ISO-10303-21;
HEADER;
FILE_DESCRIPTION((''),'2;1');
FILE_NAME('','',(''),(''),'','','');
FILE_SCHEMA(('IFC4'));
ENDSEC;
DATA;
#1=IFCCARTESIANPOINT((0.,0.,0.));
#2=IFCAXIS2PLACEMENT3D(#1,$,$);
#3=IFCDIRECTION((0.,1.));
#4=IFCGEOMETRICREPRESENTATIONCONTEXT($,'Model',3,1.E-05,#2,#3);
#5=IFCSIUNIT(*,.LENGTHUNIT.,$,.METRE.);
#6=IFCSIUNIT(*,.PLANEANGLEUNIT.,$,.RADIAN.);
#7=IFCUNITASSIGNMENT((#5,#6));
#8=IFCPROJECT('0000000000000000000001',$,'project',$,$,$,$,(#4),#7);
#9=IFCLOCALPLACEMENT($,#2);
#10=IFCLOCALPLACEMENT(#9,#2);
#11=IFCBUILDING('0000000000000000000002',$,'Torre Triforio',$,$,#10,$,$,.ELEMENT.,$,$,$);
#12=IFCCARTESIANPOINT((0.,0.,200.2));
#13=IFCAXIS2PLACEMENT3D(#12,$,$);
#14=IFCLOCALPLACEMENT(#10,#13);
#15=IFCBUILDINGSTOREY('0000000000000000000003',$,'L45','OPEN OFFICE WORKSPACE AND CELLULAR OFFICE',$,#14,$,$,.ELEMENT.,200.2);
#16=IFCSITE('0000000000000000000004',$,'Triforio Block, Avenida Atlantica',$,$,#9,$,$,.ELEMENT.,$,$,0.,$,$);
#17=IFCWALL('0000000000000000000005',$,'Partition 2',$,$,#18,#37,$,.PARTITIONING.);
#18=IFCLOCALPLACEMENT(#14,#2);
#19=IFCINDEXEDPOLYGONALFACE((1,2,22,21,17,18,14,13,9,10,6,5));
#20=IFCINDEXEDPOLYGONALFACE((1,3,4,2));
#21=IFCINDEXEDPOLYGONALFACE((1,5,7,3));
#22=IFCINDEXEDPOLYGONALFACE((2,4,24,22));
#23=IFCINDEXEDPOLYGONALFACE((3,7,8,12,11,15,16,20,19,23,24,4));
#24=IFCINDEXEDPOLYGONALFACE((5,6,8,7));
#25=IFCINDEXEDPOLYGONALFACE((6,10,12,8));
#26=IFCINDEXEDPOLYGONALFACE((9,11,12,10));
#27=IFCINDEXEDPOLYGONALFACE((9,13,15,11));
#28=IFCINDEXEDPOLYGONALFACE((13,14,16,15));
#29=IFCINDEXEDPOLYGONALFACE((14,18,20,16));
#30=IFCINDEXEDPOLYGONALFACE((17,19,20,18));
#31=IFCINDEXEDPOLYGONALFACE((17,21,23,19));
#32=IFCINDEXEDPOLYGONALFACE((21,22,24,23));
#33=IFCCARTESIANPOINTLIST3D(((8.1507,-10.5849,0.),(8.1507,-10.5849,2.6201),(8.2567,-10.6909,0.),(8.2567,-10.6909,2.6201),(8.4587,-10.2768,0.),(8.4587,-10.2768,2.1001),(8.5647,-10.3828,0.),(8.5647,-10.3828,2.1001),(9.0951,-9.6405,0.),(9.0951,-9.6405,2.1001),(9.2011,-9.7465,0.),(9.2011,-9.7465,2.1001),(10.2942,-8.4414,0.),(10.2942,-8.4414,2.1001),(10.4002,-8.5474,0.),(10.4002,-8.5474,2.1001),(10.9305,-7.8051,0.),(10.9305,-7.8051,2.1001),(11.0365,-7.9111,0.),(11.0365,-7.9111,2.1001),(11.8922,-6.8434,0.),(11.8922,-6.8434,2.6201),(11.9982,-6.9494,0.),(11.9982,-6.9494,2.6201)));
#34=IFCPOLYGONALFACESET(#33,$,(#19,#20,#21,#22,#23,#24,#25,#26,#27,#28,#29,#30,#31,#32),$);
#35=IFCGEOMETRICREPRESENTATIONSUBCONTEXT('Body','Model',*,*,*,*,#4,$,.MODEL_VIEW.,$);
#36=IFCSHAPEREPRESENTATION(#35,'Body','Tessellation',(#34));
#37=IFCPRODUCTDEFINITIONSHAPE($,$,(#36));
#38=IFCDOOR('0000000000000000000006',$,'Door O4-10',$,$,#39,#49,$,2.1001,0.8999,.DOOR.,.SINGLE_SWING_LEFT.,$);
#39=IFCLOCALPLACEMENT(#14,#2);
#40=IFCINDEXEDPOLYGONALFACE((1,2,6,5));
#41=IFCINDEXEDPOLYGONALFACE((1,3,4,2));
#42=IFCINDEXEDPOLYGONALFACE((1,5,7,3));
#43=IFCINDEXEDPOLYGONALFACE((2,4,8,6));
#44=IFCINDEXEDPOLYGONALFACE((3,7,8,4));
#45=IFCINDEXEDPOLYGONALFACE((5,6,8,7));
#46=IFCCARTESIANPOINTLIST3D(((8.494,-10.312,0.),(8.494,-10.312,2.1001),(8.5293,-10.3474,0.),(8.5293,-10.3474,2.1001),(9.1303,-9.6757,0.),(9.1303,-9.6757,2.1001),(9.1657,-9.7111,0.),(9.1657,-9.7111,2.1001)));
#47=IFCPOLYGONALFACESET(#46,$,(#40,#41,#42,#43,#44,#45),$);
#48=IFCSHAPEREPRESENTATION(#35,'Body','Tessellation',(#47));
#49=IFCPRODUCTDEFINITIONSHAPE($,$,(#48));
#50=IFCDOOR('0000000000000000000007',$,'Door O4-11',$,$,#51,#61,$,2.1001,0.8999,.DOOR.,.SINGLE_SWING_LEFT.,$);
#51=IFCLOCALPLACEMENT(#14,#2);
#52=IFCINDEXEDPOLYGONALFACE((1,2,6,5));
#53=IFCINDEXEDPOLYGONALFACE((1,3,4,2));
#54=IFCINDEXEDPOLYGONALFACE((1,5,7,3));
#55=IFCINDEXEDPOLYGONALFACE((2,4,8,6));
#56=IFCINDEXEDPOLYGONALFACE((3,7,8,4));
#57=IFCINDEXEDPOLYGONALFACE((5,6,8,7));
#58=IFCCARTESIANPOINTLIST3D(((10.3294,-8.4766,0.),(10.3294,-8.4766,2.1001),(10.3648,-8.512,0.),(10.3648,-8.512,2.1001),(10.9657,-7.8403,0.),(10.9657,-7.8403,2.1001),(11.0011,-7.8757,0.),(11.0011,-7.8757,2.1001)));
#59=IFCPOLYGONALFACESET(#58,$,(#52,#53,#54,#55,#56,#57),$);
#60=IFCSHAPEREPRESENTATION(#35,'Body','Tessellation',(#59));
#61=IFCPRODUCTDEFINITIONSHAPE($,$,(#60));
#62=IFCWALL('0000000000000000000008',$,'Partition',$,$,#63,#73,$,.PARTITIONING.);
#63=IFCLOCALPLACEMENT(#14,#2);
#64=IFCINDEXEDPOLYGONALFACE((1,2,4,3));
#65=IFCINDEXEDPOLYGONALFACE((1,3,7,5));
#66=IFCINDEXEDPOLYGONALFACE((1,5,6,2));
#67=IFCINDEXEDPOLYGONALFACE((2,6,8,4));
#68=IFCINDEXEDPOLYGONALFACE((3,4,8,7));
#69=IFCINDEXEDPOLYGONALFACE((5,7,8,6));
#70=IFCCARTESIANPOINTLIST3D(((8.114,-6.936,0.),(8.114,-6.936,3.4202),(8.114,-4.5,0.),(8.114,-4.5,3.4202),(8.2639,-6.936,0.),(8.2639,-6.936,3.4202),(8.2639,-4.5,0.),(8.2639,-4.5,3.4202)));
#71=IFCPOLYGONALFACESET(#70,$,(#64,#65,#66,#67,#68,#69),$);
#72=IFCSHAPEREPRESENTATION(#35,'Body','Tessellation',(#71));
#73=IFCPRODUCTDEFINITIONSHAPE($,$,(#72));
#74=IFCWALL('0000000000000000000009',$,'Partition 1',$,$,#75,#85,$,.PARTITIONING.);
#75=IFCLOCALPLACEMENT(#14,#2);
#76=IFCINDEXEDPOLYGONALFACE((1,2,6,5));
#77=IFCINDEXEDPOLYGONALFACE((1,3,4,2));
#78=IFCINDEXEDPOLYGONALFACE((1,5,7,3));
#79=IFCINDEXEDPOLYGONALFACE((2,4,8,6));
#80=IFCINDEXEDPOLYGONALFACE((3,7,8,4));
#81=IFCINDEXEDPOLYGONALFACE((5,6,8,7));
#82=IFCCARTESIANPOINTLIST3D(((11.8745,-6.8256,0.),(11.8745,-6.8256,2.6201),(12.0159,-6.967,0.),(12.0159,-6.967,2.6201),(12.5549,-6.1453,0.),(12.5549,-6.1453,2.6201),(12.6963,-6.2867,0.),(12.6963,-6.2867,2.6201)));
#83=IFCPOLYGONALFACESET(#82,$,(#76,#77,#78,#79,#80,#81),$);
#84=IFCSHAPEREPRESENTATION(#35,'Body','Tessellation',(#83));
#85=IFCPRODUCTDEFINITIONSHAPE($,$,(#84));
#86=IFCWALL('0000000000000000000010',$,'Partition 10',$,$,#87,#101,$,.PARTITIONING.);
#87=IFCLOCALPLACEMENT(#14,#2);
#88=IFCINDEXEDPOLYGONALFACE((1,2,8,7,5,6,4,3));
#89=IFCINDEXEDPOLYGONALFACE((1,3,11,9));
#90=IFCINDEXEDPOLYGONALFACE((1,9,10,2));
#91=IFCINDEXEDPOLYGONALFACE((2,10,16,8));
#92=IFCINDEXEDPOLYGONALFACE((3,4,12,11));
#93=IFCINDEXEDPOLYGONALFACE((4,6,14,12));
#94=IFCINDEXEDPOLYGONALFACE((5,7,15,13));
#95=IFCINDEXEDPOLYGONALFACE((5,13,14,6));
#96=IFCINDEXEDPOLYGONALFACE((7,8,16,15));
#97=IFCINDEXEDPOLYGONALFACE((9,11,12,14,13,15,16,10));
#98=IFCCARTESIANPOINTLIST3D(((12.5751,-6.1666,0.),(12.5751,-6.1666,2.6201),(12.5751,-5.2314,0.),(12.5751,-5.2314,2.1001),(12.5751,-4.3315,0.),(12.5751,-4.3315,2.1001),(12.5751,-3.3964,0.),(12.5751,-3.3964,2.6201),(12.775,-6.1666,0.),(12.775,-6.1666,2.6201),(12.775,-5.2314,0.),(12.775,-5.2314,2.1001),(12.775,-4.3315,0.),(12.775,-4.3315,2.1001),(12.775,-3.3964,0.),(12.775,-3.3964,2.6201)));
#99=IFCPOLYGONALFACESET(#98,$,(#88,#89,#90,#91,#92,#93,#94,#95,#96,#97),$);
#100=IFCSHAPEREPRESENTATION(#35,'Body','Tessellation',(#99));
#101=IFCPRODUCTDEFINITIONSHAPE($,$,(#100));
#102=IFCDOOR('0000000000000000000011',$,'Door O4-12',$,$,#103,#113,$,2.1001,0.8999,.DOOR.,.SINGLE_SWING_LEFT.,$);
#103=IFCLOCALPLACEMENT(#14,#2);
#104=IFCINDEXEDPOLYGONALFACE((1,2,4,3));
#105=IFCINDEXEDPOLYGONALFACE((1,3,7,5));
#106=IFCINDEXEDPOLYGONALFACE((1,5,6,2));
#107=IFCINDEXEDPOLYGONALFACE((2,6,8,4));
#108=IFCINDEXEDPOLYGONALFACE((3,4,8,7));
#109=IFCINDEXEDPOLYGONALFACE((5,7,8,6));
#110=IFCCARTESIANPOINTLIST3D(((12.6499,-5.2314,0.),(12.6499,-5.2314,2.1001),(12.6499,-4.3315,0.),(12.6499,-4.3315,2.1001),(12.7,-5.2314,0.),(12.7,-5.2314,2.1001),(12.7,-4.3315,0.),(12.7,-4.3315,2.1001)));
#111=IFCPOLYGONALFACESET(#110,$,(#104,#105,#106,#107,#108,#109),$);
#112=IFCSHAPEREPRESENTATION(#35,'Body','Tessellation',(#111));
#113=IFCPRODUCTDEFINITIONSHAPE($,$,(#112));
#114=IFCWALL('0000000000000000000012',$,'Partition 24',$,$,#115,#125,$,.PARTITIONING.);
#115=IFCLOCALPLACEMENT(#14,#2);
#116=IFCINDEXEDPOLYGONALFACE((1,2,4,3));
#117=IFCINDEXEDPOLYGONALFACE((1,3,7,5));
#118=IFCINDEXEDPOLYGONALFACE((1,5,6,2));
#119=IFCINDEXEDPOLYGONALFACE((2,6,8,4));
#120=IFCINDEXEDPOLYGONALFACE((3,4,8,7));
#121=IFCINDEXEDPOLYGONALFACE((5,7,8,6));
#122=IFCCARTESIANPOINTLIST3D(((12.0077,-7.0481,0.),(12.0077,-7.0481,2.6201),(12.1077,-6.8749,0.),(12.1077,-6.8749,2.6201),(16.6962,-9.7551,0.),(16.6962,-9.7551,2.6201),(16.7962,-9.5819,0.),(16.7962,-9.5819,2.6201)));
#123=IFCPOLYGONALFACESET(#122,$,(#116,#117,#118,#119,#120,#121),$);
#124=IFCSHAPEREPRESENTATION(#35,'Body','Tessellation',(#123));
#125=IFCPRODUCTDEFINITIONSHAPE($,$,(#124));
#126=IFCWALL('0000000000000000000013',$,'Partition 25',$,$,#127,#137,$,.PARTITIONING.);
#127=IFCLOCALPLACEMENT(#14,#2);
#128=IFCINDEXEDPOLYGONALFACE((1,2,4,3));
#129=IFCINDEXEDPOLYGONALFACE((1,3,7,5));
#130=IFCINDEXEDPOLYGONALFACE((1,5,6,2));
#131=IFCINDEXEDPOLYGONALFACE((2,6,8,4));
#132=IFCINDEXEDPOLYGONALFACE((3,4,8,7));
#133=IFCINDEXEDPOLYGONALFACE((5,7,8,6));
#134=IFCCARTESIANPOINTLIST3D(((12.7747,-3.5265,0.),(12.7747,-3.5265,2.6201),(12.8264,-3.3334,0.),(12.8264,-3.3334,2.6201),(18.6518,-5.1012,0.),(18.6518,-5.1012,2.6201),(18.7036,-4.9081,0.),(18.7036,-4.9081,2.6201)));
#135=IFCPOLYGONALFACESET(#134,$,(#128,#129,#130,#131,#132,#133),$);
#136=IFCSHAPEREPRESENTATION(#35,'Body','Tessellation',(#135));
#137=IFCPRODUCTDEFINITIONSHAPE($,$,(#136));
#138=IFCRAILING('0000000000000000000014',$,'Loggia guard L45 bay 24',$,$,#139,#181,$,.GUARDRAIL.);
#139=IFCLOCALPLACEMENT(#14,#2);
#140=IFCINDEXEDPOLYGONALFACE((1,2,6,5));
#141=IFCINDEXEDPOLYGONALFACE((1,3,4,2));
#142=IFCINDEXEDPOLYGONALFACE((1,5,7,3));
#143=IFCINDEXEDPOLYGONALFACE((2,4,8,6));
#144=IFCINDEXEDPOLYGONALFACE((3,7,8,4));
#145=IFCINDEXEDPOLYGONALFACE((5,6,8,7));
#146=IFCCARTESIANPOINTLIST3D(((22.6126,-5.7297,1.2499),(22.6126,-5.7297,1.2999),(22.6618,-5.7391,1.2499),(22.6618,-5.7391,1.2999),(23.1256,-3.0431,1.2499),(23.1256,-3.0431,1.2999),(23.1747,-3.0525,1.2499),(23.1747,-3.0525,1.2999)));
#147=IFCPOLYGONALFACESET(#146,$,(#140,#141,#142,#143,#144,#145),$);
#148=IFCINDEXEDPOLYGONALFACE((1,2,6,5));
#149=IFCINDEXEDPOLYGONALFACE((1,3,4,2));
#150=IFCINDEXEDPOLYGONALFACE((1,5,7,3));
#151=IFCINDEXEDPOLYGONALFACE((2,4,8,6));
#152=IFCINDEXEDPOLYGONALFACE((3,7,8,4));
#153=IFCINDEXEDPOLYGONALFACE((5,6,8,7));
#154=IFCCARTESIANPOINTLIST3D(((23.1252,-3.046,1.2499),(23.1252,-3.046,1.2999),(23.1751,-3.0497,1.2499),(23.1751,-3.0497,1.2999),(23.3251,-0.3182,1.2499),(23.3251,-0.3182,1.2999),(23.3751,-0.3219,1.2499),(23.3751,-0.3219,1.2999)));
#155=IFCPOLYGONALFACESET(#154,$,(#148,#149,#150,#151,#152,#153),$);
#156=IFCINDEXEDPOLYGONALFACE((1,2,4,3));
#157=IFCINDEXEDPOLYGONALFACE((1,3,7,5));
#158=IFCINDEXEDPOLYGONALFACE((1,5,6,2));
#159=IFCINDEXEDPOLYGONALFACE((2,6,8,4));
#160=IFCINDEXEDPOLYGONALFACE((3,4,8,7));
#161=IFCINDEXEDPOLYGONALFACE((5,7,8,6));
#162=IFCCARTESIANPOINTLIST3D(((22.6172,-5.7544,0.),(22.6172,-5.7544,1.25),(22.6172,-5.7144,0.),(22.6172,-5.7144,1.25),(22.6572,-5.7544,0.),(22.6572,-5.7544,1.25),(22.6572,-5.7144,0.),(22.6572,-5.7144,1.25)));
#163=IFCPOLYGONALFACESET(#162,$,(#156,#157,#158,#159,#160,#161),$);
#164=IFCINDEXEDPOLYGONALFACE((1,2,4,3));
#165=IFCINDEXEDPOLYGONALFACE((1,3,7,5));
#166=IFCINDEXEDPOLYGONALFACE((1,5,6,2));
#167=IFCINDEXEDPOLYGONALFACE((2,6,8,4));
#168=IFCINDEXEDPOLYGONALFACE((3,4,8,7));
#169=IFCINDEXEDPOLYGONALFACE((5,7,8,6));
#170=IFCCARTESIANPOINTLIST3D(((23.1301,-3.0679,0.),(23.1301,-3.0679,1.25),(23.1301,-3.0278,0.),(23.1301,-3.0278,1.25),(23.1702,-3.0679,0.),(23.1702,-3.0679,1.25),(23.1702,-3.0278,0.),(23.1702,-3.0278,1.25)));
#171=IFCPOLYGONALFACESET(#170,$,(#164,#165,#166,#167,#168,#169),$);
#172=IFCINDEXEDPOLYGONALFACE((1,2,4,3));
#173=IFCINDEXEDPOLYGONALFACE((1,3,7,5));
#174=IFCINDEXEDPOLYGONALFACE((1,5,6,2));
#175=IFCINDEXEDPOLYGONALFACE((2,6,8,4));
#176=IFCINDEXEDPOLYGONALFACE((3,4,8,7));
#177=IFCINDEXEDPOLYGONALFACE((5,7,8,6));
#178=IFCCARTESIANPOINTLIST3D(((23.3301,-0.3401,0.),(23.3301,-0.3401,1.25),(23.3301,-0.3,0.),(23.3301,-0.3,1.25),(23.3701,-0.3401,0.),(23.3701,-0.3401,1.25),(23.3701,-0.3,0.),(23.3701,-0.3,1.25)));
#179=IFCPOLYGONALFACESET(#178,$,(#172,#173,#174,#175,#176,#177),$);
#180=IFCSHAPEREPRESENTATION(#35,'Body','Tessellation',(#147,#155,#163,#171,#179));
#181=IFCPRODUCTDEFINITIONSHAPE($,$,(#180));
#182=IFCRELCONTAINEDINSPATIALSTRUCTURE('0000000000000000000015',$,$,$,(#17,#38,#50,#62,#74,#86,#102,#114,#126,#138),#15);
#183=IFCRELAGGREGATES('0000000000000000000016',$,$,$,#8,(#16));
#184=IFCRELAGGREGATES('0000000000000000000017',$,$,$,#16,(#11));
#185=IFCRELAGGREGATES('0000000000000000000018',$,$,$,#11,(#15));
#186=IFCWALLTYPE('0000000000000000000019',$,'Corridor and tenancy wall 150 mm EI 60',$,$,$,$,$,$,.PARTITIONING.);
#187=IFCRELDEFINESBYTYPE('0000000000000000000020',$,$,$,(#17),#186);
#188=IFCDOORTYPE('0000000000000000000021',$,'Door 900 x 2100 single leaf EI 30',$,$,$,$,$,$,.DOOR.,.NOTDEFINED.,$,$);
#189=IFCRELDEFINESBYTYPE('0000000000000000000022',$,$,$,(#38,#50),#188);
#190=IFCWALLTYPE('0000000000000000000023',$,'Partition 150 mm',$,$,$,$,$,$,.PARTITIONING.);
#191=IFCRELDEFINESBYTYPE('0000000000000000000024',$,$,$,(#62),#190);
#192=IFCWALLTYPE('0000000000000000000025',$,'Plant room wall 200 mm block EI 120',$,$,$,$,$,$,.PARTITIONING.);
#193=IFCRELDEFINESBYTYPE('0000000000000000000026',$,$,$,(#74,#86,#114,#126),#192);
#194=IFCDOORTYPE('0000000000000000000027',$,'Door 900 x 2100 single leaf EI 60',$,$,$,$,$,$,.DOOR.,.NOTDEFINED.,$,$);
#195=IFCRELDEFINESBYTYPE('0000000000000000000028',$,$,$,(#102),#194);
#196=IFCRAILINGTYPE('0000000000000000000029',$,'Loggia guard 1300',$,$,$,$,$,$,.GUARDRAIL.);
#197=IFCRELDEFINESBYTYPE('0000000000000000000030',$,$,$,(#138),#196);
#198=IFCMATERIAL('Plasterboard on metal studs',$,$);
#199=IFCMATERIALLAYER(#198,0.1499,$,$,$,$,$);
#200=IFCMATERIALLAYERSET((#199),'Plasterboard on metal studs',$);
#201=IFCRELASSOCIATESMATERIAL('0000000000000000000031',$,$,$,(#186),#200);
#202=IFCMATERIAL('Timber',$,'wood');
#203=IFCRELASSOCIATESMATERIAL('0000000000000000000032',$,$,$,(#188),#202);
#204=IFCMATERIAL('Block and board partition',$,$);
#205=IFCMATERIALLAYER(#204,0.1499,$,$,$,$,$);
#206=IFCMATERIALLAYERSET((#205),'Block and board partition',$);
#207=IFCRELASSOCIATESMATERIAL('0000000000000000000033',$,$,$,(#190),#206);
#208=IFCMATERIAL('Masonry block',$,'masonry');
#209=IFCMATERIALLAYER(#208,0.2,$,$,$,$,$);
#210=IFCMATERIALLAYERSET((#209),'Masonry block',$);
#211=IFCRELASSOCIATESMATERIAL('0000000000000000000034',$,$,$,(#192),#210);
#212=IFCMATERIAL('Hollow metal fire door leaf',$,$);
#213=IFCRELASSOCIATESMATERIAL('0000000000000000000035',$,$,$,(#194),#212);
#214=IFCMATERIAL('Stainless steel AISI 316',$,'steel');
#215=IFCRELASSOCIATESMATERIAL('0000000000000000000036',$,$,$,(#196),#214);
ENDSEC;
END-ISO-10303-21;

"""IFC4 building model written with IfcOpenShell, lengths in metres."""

from ifc_helpers import new_model, si_unit, direction, frame, frame_2d, origin, origin_2d, place, context, subcontext, project, spatial, rectangle, extrude, material, layer, layer_set, type_object, element, fill, save


model = new_model("IFC4")

# Units and contexts
model_context = context("Model", 3, precision=1e-05, world=origin(), true_north=direction((0.0, 1.0)))
body_context = subcontext(model_context, "Body", "Model", "MODEL_VIEW")
ifc_project = project(units=[si_unit("LENGTHUNIT", "METRE"), si_unit("PLANEANGLEUNIT", "RADIAN")], contexts=[model_context])

# Site, building, storey
site_placement = place(None, origin())
site = spatial("IfcSite", under=ifc_project, at=site_placement, Name="Triforio Block, Avenida Atlantica", CompositionType="ELEMENT", RefElevation=0.0)
building_placement = place(site_placement, origin())
building = spatial("IfcBuilding", under=site, at=building_placement, Name="Torre Triforio", CompositionType="ELEMENT")
storey_placement = place(building_placement, frame((0.0, 0.0, 200.2)))
storey = spatial("IfcBuildingStorey", under=building, at=storey_placement, Name="L45", Description="OPEN OFFICE WORKSPACE AND CELLULAR OFFICE", CompositionType="ELEMENT", Elevation=200.2)

# Shared definitions
ifc_material_1 = material(Name="Hollow metal fire door leaf")

# Wall, openings, doors
ifc_material_2 = material(Name="Plasterboard on metal studs")
ifc_layer_1 = layer(ifc_material_2, 0.1499)
ifc_layer_set_1 = layer_set([ifc_layer_1], Name="Plasterboard on metal studs")
wall_type_1 = type_object("IfcWallType", Name="Corridor and tenancy wall 150 mm EI 60", PredefinedType="PARTITIONING", material=ifc_layer_set_1)
wall_1_placement = place(storey_placement, frame((11.9451, -6.8965, 0.0), z_axis=(0.0, 0.0, 1.0), x_axis=(-0.707107, -0.707107, 0.0)))
wall_1 = element("IfcWall", 1, at=wall_1_placement, inside=storey, type_object=wall_type_1, Name="Partition 2", PredefinedType="PARTITIONING", context=body_context, shape_type="SweptSolid", body=[
    extrude(rectangle(XDim=5.2913, YDim=0.1499, at=frame_2d((2.6455, 0.0))), origin(), (0.0, 0.0, 1.0), 2.6201),
])
opening_1_placement = place(wall_1_placement, frame((3.9556, 0.0, 0.0)))
opening_1 = element("IfcOpeningElement", 2, at=opening_1_placement, cuts=wall_1, PredefinedType="OPENING", context=body_context, shape_type="SweptSolid", body=[
    extrude(rectangle(XDim=0.8999, YDim=2.1001, at=frame_2d((0.45, 1.05))), frame((0.0, 0.085, 0.0), z_axis=(0.0, -1.0, 0.0), x_axis=(1.0, 0.0, 0.0)), (0.0, 0.0, 1.0), 0.1699),
])
opening_2_placement = place(wall_1_placement, frame((1.3599, 0.0, 0.0)))
opening_2 = element("IfcOpeningElement", 3, at=opening_2_placement, cuts=wall_1, PredefinedType="OPENING", context=body_context, shape_type="SweptSolid", body=[
    extrude(rectangle(XDim=0.8999, YDim=2.1001, at=frame_2d((0.45, 1.05))), frame((0.0, 0.085, 0.0), z_axis=(0.0, -1.0, 0.0), x_axis=(1.0, 0.0, 0.0)), (0.0, 0.0, 1.0), 0.1699),
])
ifc_material_3 = material(Name="Timber", Category="wood")
door_type_1 = type_object("IfcDoorType", Name="Door 900 x 2100 single leaf EI 30", OperationType="NOTDEFINED", PredefinedType="DOOR", material=ifc_material_3)
door_1_placement = place(opening_1_placement, origin())
door_1 = element("IfcDoor", 4, at=door_1_placement, inside=storey, type_object=door_type_1, Name="Door O4-10", OperationType="SINGLE_SWING_LEFT", OverallHeight=2.1001, OverallWidth=0.8999, PredefinedType="DOOR", context=body_context, shape_type="SweptSolid", body=[
    extrude(rectangle(XDim=0.8999, YDim=2.1001, at=frame_2d((0.45, 1.05))), frame((0.0, 0.0249, 0.0), z_axis=(0.0, -1.0, 0.0), x_axis=(1.0, 0.0, 0.0)), (0.0, 0.0, 1.0), 0.05),
])
fill(opening_1, door_1)
door_2_placement = place(opening_2_placement, origin())
door_2 = element("IfcDoor", 5, at=door_2_placement, inside=storey, type_object=door_type_1, Name="Door O4-11", OperationType="SINGLE_SWING_LEFT", OverallHeight=2.1001, OverallWidth=0.8999, PredefinedType="DOOR", context=body_context, shape_type="SweptSolid", body=[
    extrude(rectangle(XDim=0.8999, YDim=2.1001, at=frame_2d((0.45, 1.05))), frame((0.0, 0.0249, 0.0), z_axis=(0.0, -1.0, 0.0), x_axis=(1.0, 0.0, 0.0)), (0.0, 0.0, 1.0), 0.05),
])
fill(opening_2, door_2)

# Walls
ifc_material_4 = material(Name="Block and board partition")
ifc_layer_2 = layer(ifc_material_4, 0.1499)
ifc_layer_set_2 = layer_set([ifc_layer_2], Name="Block and board partition")
wall_type_2 = type_object("IfcWallType", Name="Partition 150 mm", PredefinedType="PARTITIONING", material=ifc_layer_set_2)
wall_2_placement = place(storey_placement, frame((8.189, -6.936, 0.0), z_axis=(0.0, 0.0, 1.0), x_axis=(0.0, 1.0, 0.0)))
element("IfcWall", 6, at=wall_2_placement, inside=storey, type_object=wall_type_2, Name="Partition", PredefinedType="PARTITIONING", context=body_context, shape_type="SweptSolid", body=[
    extrude(rectangle(XDim=2.436, YDim=0.1499, at=frame_2d((1.218, 0.0))), origin(), (0.0, 0.0, 1.0), 3.4202),
])
ifc_material_5 = material(Name="Masonry block", Category="masonry")
ifc_layer_3 = layer(ifc_material_5, 0.2)
ifc_layer_set_3 = layer_set([ifc_layer_3], Name="Masonry block")
wall_type_3 = type_object("IfcWallType", Name="Plant room wall 200 mm block EI 120", PredefinedType="PARTITIONING", material=ifc_layer_set_3)
wall_3_placement = place(storey_placement, frame((12.6255, -6.2161, 0.0), z_axis=(0.0, 0.0, 1.0), x_axis=(-0.707107, -0.707107, 0.0)))
element("IfcWall", 7, at=wall_3_placement, inside=storey, type_object=wall_type_3, Name="Partition 1", PredefinedType="PARTITIONING", context=body_context, shape_type="SweptSolid", body=[
    extrude(rectangle(XDim=0.9622, YDim=0.2, at=frame_2d((0.481, 0.0))), origin(), (0.0, 0.0, 1.0), 2.6201),
])

# Wall, opening, door
wall_4_placement = place(storey_placement, frame((12.675, -3.3962, 0.0), z_axis=(0.0, 0.0, 1.0), x_axis=(0.0, -1.0, 0.0)))
wall_4 = element("IfcWall", 8, at=wall_4_placement, inside=storey, type_object=wall_type_3, Name="Partition 10", PredefinedType="PARTITIONING", context=body_context, shape_type="SweptSolid", body=[
    extrude(rectangle(XDim=2.7703, YDim=0.2, at=frame_2d((1.3853, 0.0))), origin(), (0.0, 0.0, 1.0), 2.6201),
])
opening_3_placement = place(wall_4_placement, frame((0.9353, 0.0, 0.0)))
opening_3 = element("IfcOpeningElement", 9, at=opening_3_placement, cuts=wall_4, PredefinedType="OPENING", context=body_context, shape_type="SweptSolid", body=[
    extrude(rectangle(XDim=0.8999, YDim=2.1001, at=frame_2d((0.45, 1.05))), frame((0.0, 0.1099, 0.0), z_axis=(0.0, -1.0, 0.0), x_axis=(1.0, 0.0, 0.0)), (0.0, 0.0, 1.0), 0.22),
])
door_type_2 = type_object("IfcDoorType", Name="Door 900 x 2100 single leaf EI 60", OperationType="NOTDEFINED", PredefinedType="DOOR", material=ifc_material_1)
door_3_placement = place(opening_3_placement, origin())
door_3 = element("IfcDoor", 10, at=door_3_placement, inside=storey, type_object=door_type_2, Name="Door O4-12", OperationType="SINGLE_SWING_LEFT", OverallHeight=2.1001, OverallWidth=0.8999, PredefinedType="DOOR", context=body_context, shape_type="SweptSolid", body=[
    extrude(rectangle(XDim=0.8999, YDim=2.1001, at=frame_2d((0.45, 1.05))), frame((0.0, 0.0249, 0.0), z_axis=(0.0, -1.0, 0.0), x_axis=(1.0, 0.0, 0.0)), (0.0, 0.0, 1.0), 0.05),
])
fill(opening_3, door_3)

# Walls
wall_5_placement = place(storey_placement, frame((12.0576, -6.9614, 0.0), z_axis=(0.0, 0.0, 1.0), x_axis=(0.866014, -0.500019, 0.0)))
element("IfcWall", 11, at=wall_5_placement, inside=storey, type_object=wall_type_3, Name="Partition 24", PredefinedType="PARTITIONING", context=body_context, shape_type="SweptSolid", body=[
    extrude(rectangle(XDim=5.4138, YDim=0.2, at=frame_2d((2.707, 0.0))), origin(), (0.0, 0.0, 1.0), 2.6201),
])
wall_6_placement = place(storey_placement, frame((12.8005, -3.4299, 0.0), z_axis=(0.0, 0.0, 1.0), x_axis=(0.965929, -0.258806, 0.0)))
element("IfcWall", 12, at=wall_6_placement, inside=storey, type_object=wall_type_3, Name="Partition 25", PredefinedType="PARTITIONING", context=body_context, shape_type="SweptSolid", body=[
    extrude(rectangle(XDim=6.0845, YDim=0.2, at=frame_2d((3.0422, 0.0))), origin(), (0.0, 0.0, 1.0), 2.6201),
])

# Railing
ifc_material_6 = material(Name="Stainless steel AISI 316", Category="steel")
railing_type = type_object("IfcRailingType", Name="Loggia guard 1300", PredefinedType="GUARDRAIL", material=ifc_material_6)
railing_placement = place(storey_placement, frame((22.6372, -5.7344, 0.0)))
element("IfcRailing", 13, at=railing_placement, inside=storey, type_object=railing_type, Name="Loggia guard L45 bay 24", PredefinedType="GUARDRAIL", context=body_context, shape_type="SweptSolid", body=[
    extrude(rectangle(XDim=0.05, YDim=0.05, at=origin_2d()), frame((0.0, 0.0, 1.2749), z_axis=(0.187543, 0.982256, 0.0), x_axis=(-0.982256, 0.187543, 0.0)), (0.0, 0.0, 1.0), 2.7351),
    extrude(rectangle(XDim=0.05, YDim=0.05, at=origin_2d()), frame((0.5129, 2.6865, 1.2749), z_axis=(0.073106, 0.997324, 0.0), x_axis=(-0.997324, 0.073106, 0.0)), (0.0, 0.0, 1.0), 2.7351),
    extrude(rectangle(XDim=0.04, YDim=0.04, at=origin_2d()), origin(), (0.0, 0.0, 1.0), 1.25),
    extrude(rectangle(XDim=0.04, YDim=0.04, at=origin_2d()), frame((0.5129, 2.6865, 0.0)), (0.0, 0.0, 1.0), 1.25),
    extrude(rectangle(XDim=0.04, YDim=0.04, at=origin_2d()), frame((0.7129, 5.4143, 0.0)), (0.0, 0.0, 1.0), 1.25),
])

save(model, "model.ifc")
